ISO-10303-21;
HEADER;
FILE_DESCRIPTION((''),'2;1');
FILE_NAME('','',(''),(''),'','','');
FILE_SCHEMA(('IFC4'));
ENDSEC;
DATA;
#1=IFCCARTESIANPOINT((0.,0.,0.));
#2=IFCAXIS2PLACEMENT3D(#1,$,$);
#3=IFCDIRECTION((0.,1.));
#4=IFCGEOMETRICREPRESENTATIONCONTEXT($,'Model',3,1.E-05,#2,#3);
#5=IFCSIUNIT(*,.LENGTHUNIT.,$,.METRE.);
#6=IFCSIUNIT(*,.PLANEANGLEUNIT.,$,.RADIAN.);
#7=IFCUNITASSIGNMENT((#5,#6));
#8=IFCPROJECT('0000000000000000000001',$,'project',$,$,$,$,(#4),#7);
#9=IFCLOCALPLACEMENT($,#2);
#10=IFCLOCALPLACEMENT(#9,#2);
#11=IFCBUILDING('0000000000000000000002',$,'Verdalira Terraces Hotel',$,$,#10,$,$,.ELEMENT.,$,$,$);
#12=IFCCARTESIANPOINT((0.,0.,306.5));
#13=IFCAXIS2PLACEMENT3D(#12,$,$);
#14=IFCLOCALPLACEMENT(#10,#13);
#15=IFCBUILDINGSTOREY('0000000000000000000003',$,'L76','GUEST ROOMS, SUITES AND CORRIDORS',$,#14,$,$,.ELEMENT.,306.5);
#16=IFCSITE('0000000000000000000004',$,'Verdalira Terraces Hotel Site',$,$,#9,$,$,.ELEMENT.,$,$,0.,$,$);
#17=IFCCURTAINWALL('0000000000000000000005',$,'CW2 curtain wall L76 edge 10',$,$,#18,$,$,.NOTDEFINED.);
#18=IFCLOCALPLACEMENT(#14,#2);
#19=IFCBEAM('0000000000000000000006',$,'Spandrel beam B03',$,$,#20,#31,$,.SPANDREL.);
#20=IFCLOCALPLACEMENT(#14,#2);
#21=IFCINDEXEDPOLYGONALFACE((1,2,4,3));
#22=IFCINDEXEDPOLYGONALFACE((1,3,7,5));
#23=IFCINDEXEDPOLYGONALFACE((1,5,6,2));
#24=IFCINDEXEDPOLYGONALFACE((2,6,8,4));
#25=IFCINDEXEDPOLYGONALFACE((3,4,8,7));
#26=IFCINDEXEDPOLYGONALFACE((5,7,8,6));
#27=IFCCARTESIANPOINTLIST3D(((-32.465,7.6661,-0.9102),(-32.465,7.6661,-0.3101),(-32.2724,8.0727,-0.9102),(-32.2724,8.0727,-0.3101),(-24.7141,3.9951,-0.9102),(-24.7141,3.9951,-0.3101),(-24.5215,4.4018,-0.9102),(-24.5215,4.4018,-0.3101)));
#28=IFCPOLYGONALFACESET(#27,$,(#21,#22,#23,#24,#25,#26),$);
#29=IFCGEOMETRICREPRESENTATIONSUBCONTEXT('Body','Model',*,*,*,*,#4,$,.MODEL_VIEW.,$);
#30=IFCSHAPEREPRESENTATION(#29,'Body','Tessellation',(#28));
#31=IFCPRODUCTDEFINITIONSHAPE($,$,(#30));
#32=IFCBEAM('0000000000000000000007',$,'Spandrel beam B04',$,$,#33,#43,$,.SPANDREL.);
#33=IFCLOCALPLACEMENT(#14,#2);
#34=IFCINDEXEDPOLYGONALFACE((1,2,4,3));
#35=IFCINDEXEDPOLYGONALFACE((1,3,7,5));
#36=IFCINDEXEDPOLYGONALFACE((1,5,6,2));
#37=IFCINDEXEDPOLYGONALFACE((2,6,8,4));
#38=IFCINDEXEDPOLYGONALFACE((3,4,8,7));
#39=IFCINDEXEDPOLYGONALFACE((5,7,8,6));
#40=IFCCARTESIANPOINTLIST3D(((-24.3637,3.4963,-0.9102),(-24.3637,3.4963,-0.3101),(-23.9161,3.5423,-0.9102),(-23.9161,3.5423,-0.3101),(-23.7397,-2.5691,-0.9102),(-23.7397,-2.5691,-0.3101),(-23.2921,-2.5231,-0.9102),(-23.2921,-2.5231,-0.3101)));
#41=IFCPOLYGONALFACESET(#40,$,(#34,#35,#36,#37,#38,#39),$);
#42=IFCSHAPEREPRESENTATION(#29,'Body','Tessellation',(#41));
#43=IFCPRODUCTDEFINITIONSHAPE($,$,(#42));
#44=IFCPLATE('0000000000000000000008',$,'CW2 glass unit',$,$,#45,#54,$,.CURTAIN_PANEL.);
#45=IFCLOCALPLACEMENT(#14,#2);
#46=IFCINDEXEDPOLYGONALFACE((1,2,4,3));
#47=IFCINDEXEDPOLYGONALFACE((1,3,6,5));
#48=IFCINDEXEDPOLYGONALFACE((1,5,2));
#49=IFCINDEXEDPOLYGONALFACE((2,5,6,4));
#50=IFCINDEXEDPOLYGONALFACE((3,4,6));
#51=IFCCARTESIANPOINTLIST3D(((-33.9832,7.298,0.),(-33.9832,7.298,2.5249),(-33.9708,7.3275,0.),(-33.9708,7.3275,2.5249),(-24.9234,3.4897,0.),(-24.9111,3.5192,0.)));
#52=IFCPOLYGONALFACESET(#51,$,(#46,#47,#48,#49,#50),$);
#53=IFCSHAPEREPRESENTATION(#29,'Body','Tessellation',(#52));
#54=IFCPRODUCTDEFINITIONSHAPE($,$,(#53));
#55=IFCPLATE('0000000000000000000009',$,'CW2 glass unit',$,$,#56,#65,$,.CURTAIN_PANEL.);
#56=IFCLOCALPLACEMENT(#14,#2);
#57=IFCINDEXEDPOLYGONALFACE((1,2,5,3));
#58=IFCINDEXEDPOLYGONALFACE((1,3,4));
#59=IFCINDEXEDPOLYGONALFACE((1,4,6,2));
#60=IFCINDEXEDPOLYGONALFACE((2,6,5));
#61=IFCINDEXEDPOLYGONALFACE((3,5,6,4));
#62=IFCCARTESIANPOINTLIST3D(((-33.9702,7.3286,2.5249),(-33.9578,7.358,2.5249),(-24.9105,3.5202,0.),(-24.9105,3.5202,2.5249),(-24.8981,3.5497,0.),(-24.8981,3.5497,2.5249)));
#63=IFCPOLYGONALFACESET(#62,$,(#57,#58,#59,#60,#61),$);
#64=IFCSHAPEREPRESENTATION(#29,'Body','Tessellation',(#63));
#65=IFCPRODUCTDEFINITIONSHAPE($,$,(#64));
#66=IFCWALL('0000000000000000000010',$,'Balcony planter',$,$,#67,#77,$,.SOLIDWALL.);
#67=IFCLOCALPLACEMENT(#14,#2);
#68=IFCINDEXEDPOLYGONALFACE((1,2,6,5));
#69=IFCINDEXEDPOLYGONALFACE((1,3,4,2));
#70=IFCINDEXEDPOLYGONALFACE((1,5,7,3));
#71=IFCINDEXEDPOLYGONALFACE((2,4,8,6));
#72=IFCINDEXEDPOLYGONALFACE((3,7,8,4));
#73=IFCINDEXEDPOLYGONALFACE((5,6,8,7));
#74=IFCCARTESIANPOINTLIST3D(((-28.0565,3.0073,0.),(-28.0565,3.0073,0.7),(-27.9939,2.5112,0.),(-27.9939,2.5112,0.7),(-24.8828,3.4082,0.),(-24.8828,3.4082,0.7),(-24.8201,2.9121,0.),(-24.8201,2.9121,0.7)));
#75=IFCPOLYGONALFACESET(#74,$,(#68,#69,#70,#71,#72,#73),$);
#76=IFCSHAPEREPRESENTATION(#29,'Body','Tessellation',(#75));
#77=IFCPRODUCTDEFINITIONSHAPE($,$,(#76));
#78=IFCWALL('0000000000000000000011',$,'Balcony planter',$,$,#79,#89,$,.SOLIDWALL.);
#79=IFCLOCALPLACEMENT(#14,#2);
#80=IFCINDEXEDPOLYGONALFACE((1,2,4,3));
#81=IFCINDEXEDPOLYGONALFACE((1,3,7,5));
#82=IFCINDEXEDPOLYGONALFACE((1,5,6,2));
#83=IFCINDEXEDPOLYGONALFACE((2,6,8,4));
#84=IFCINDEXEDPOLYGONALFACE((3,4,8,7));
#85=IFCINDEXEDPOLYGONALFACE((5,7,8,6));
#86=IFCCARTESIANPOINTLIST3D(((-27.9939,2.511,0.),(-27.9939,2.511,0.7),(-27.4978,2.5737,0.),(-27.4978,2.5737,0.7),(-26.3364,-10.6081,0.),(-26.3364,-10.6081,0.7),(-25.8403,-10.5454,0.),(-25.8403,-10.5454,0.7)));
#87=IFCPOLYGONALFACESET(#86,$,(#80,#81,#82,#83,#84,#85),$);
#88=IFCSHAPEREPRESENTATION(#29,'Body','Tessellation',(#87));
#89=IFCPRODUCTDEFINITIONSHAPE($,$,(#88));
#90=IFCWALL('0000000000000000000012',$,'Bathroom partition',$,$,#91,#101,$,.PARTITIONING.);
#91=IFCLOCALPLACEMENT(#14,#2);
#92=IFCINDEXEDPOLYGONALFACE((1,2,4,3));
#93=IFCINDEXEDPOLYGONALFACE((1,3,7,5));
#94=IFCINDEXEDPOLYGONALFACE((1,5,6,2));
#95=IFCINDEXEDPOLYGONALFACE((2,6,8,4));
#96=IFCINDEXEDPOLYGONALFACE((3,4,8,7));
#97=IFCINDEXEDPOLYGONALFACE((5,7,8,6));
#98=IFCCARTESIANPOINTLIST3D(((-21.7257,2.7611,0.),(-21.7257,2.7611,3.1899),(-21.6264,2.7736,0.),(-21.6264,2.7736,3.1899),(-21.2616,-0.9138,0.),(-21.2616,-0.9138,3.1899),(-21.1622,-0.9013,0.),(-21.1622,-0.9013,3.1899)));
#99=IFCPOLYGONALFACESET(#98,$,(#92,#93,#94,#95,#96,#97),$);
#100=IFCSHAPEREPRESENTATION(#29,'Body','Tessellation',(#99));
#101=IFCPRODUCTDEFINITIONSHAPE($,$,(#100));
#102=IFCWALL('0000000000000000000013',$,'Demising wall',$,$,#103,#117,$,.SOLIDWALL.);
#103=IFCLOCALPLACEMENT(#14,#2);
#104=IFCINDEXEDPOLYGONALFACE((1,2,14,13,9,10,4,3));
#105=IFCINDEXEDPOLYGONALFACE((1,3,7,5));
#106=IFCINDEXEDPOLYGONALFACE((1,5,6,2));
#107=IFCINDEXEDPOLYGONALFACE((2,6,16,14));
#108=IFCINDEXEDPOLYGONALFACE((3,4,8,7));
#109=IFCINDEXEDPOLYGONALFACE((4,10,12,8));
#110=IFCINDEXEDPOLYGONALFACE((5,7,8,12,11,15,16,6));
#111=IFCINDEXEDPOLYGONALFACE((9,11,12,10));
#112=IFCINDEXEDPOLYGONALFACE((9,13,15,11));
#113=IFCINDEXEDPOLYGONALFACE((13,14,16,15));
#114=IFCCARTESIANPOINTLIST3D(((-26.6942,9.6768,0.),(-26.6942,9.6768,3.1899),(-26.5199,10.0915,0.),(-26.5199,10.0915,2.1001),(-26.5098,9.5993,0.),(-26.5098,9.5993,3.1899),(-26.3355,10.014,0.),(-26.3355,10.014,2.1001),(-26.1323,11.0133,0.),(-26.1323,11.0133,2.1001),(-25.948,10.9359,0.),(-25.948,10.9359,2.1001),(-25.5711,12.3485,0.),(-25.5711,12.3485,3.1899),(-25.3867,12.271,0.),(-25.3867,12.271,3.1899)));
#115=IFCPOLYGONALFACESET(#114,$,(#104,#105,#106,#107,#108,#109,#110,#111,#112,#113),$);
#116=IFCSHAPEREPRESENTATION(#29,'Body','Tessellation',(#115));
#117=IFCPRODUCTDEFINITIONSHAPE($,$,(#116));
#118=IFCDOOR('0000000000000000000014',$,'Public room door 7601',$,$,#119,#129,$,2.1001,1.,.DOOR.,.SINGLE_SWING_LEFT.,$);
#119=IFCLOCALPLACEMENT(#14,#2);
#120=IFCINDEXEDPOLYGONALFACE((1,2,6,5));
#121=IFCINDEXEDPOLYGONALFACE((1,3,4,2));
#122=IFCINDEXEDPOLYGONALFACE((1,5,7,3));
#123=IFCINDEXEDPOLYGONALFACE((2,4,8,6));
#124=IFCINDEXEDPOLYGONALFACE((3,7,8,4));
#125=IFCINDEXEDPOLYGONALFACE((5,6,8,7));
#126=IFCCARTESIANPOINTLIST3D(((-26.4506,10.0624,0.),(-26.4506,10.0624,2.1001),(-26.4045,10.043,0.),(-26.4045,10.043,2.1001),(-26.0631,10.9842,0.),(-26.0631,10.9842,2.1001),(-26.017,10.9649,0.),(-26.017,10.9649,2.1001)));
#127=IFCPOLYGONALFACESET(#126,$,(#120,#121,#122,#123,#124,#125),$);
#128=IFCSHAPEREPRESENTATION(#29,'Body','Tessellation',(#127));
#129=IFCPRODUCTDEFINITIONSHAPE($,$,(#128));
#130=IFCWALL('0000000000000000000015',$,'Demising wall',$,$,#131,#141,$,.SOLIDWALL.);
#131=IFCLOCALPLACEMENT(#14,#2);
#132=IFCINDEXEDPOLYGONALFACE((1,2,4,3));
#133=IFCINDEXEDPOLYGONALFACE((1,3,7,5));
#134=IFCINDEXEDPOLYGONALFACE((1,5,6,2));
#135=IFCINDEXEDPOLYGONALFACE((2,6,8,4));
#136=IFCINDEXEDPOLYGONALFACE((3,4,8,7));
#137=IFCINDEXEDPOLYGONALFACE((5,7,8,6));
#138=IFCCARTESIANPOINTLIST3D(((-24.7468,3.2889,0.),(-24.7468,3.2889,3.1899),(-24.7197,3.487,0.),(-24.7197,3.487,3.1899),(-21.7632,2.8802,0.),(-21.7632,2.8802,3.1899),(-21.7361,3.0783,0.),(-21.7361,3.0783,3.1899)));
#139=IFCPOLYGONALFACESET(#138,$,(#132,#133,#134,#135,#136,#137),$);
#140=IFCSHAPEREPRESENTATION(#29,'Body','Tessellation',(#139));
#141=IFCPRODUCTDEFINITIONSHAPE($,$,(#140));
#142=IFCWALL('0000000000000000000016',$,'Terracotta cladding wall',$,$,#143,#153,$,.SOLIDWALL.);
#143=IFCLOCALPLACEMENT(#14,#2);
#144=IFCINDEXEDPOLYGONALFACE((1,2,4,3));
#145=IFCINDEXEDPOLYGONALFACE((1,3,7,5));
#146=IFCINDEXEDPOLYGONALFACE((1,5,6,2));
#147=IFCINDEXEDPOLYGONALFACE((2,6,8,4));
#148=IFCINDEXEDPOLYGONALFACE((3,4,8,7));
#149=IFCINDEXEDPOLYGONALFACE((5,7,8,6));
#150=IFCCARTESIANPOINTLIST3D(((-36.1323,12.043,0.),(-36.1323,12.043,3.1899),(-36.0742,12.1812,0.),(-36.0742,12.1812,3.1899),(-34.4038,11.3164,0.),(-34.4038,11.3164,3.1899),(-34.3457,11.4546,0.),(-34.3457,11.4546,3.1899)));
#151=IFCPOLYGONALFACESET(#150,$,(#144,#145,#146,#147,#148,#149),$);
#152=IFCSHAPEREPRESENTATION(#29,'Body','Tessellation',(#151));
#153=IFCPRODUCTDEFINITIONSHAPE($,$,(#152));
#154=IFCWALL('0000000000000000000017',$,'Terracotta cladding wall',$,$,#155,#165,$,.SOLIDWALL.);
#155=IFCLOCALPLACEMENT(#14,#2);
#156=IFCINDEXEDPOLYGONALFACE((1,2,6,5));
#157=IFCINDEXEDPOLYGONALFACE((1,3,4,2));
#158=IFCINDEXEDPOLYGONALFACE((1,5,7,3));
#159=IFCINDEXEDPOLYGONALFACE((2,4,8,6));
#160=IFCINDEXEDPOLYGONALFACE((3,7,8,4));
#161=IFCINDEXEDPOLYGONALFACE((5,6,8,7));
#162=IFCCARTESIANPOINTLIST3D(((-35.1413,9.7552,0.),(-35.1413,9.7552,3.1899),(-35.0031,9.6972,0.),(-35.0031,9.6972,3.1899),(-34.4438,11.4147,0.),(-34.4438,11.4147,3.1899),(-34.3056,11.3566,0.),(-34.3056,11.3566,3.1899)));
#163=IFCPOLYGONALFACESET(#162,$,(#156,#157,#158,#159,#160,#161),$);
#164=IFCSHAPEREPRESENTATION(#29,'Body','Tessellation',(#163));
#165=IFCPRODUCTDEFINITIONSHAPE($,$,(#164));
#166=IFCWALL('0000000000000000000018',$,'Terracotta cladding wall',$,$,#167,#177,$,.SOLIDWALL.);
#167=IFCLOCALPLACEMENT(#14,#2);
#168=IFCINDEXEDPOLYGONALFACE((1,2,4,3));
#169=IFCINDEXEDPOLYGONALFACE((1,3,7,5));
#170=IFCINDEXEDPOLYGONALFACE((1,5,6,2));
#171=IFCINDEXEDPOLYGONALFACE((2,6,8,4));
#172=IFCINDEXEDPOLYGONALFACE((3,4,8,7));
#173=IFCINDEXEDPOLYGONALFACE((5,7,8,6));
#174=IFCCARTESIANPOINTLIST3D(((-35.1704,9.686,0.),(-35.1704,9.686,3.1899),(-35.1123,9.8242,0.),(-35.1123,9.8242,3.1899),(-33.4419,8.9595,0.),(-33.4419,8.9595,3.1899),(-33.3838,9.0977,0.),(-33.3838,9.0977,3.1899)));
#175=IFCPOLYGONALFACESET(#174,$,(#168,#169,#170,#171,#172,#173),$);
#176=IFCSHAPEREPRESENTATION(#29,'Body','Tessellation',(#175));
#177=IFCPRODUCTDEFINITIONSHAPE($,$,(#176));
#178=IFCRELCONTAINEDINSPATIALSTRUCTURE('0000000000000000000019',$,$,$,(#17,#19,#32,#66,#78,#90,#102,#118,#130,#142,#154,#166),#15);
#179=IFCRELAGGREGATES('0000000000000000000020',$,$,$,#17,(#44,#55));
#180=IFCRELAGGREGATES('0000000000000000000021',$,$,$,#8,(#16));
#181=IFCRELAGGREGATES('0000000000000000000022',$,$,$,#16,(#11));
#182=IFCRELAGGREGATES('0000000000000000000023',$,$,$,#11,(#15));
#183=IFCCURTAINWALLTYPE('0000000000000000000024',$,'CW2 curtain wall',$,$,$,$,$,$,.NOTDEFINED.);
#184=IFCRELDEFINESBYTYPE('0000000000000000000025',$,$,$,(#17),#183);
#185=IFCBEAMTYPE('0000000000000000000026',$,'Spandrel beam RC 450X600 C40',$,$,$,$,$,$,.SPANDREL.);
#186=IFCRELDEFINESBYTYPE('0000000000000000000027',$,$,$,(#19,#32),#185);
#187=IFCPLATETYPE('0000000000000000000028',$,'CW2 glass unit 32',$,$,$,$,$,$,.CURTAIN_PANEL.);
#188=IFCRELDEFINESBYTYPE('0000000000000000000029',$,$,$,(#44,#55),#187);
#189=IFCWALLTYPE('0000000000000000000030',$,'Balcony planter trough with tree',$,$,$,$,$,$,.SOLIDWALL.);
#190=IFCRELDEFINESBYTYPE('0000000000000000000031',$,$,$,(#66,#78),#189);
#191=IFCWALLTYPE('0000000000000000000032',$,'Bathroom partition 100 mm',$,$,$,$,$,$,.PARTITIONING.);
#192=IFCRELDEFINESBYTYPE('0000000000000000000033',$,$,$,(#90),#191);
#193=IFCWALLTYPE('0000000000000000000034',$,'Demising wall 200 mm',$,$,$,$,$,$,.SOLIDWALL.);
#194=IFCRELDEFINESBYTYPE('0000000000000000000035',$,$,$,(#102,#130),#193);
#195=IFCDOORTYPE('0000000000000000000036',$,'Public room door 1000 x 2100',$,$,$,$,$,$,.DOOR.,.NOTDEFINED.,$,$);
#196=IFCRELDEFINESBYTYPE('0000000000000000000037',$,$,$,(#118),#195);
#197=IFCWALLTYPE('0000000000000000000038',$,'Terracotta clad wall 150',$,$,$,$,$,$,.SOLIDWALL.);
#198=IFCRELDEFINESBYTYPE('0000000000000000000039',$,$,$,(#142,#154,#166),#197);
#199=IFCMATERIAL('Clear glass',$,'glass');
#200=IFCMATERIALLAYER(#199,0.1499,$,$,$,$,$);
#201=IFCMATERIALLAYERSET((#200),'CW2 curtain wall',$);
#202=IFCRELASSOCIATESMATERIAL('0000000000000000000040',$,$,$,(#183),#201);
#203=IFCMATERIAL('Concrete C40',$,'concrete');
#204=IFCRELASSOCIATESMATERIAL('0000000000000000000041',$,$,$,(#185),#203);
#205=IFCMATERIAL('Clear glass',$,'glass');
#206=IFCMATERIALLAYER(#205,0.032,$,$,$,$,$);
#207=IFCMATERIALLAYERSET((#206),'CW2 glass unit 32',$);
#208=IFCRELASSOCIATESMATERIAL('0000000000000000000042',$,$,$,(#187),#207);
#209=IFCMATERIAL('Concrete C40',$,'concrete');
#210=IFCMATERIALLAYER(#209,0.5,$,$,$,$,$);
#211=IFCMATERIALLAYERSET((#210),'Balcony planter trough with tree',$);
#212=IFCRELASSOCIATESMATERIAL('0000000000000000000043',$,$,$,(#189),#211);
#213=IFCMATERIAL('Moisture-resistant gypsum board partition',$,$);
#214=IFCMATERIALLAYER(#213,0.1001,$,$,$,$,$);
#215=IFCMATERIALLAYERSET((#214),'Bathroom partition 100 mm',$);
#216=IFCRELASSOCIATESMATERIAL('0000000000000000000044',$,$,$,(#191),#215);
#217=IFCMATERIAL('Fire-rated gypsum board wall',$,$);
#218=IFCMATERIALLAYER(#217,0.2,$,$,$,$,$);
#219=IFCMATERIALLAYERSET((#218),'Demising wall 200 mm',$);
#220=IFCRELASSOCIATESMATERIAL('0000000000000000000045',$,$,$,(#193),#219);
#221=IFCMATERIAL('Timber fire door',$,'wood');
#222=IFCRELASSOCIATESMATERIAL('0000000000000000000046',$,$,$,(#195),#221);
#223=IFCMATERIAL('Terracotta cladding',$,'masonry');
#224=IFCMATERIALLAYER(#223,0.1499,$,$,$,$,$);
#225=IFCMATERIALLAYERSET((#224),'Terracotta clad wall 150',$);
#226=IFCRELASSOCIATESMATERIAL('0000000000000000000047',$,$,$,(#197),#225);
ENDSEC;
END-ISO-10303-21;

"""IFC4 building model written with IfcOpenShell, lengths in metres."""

from ifc_helpers import new_model, si_unit, direction, frame, frame_2d, origin, origin_2d, place, context, subcontext, project, spatial, polyline, rectangle, outline, extrude, material, layer, layer_set, material_profile, profile_set, type_object, element, fill, aggregate, save


model = new_model("IFC4")

# Units and contexts
model_context = context("Model", 3, precision=1e-05, world=origin(), true_north=direction((0.0, 1.0)))
body_context = subcontext(model_context, "Body", "Model", "MODEL_VIEW")
ifc_project = project(units=[si_unit("LENGTHUNIT", "METRE"), si_unit("PLANEANGLEUNIT", "RADIAN")], contexts=[model_context])

# Site, building, storey
site_placement = place(None, origin())
site = spatial("IfcSite", under=ifc_project, at=site_placement, Name="Verdalira Terraces Hotel Site", CompositionType="ELEMENT", RefElevation=0.0)
building_placement = place(site_placement, origin())
building = spatial("IfcBuilding", under=site, at=building_placement, Name="Verdalira Terraces Hotel", CompositionType="ELEMENT")
storey_placement = place(building_placement, frame((0.0, 0.0, 306.5)))
storey = spatial("IfcBuildingStorey", under=building, at=storey_placement, Name="L76", Description="GUEST ROOMS, SUITES AND CORRIDORS", CompositionType="ELEMENT", Elevation=306.5)

# Curtain wall
ifc_material_1 = material(Name="Clear glass", Category="glass")
ifc_layer_1 = layer(ifc_material_1, 0.1499)
ifc_layer_set_1 = layer_set([ifc_layer_1], Name="CW2 curtain wall")
curtain_wall_type_1 = type_object("IfcCurtainWallType", Name="CW2 curtain wall", PredefinedType="NOTDEFINED", material=ifc_layer_set_1)
curtain_wall_1_placement = place(storey_placement, origin())
curtain_wall_1 = element("IfcCurtainWall", 1, at=curtain_wall_1_placement, inside=storey, type_object=curtain_wall_type_1, Name="CW2 curtain wall L76 edge 10", PredefinedType="NOTDEFINED")

# Beams
ifc_material_2 = material(Name="Concrete C40", Category="concrete")
ifc_material_profile_1 = material_profile(ifc_material_2, rectangle(XDim=0.45, YDim=0.6001, at=origin_2d()), Name="RC 450X600")
ifc_profile_set_1 = profile_set([ifc_material_profile_1], Name="Concrete C40")
beam_type_1 = type_object("IfcBeamType", Name="Spandrel beam RC 450X600 C40", PredefinedType="SPANDREL", material=ifc_profile_set_1)
beam_1_placement = place(storey_placement, frame((-32.3687, 7.8694, -0.6101), z_axis=(0.90376, -0.428039, 0.0), x_axis=(0.428039, 0.90376, 0.0)))
element("IfcBeam", 2, at=beam_1_placement, inside=storey, type_object=beam_type_1, Name="Spandrel beam B03", PredefinedType="SPANDREL", context=body_context, shape_type="SweptSolid", body=[
    extrude(rectangle(XDim=0.45, YDim=0.6001, at=origin_2d()), origin(), (0.0, 0.0, 1.0), 8.5762),
])
beam_2_placement = place(storey_placement, frame((-24.1399, 3.5193, -0.6101), z_axis=(0.102342, -0.994749, 0.0), x_axis=(0.994749, 0.102342, 0.0)))
element("IfcBeam", 3, at=beam_2_placement, inside=storey, type_object=beam_type_1, Name="Spandrel beam B04", PredefinedType="SPANDREL", context=body_context, shape_type="SweptSolid", body=[
    extrude(rectangle(XDim=0.45, YDim=0.6001, at=origin_2d()), origin(), (0.0, 0.0, 1.0), 6.0974),
])

# Plates
ifc_material_3 = material(Name="Clear glass", Category="glass")
ifc_layer_2 = layer(ifc_material_3, 0.032)
ifc_layer_set_2 = layer_set([ifc_layer_2], Name="CW2 glass unit 32")
plate_type = type_object("IfcPlateType", Name="CW2 glass unit 32", PredefinedType="CURTAIN_PANEL", material=ifc_layer_set_2)
plate_1_placement = place(storey_placement, frame((-29.4409, 5.4233, 1.2625), z_axis=(-0.387516, -0.921863, 0.0), x_axis=(0.921863, -0.387516, 0.0)))
plate_1 = element("IfcPlate", 4, at=plate_1_placement, type_object=plate_type, Name="CW2 glass unit", PredefinedType="CURTAIN_PANEL", context=body_context, shape_type="SweptSolid", body=[
    extrude(outline(polyline([(-4.9138, -1.2625), (4.9138, -1.2625), (-4.9138, 1.2625), (-4.9138, -1.2625)])), origin(), (0.0, 0.0, 1.0), 0.032),
])
plate_2_placement = place(storey_placement, frame((-29.428, 5.4539, 1.2625), z_axis=(-0.387516, -0.921863, 0.0), x_axis=(0.921863, -0.387516, 0.0)))
plate_2 = element("IfcPlate", 5, at=plate_2_placement, type_object=plate_type, Name="CW2 glass unit", PredefinedType="CURTAIN_PANEL", context=body_context, shape_type="SweptSolid", body=[
    extrude(outline(polyline([(4.9138, -1.2625), (4.9138, 1.2625), (-4.9138, 1.2625), (4.9138, -1.2625)])), origin(), (0.0, 0.0, 1.0), 0.032),
])
aggregate(curtain_wall_1, [plate_1, plate_2])

# Walls
ifc_material_4 = material(Name="Concrete C40", Category="concrete")
ifc_layer_3 = layer(ifc_material_4, 0.5)
ifc_layer_set_3 = layer_set([ifc_layer_3], Name="Balcony planter trough with tree")
wall_type_1 = type_object("IfcWallType", Name="Balcony planter trough with tree", PredefinedType="SOLIDWALL", material=ifc_layer_set_3)
wall_1_placement = place(storey_placement, frame((-24.8513, 3.1602, 0.0), z_axis=(0.0, 0.0, 1.0), x_axis=(-0.992117, -0.125312, 0.0)))
element("IfcWall", 6, at=wall_1_placement, inside=storey, type_object=wall_type_1, Name="Balcony planter", PredefinedType="SOLIDWALL", context=body_context, shape_type="SweptSolid", body=[
    extrude(rectangle(XDim=3.199, YDim=0.5, at=frame_2d((1.5996, 0.0))), origin(), (0.0, 0.0, 1.0), 0.7),
])
wall_2_placement = place(storey_placement, frame((-27.7459, 2.5425, 0.0), z_axis=(0.0, 0.0, 1.0), x_axis=(0.125343, -0.992113, 0.0)))
element("IfcWall", 7, at=wall_2_placement, inside=storey, type_object=wall_type_1, Name="Balcony planter", PredefinedType="SOLIDWALL", context=body_context, shape_type="SweptSolid", body=[
    extrude(rectangle(XDim=13.2234, YDim=0.5, at=frame_2d((6.6118, 0.0))), origin(), (0.0, 0.0, 1.0), 0.7),
])
ifc_material_5 = material(Name="Moisture-resistant gypsum board partition")
ifc_layer_4 = layer(ifc_material_5, 0.1001)
ifc_layer_set_4 = layer_set([ifc_layer_4], Name="Bathroom partition 100 mm")
wall_type_2 = type_object("IfcWallType", Name="Bathroom partition 100 mm", PredefinedType="PARTITIONING", material=ifc_layer_set_4)
wall_3_placement = place(storey_placement, frame((-21.676, 2.7673, 0.0), z_axis=(0.0, 0.0, 1.0), x_axis=(0.1253, -0.992119, 0.0)))
element("IfcWall", 8, at=wall_3_placement, inside=storey, type_object=wall_type_2, Name="Bathroom partition", PredefinedType="PARTITIONING", context=body_context, shape_type="SweptSolid", body=[
    extrude(rectangle(XDim=3.7041, YDim=0.1001, at=frame_2d((1.8521, 0.0))), origin(), (0.0, 0.0, 1.0), 3.1899),
])

# Wall, opening, door
ifc_material_6 = material(Name="Fire-rated gypsum board wall")
ifc_layer_5 = layer(ifc_material_6, 0.2)
ifc_layer_set_5 = layer_set([ifc_layer_5], Name="Demising wall 200 mm")
wall_type_3 = type_object("IfcWallType", Name="Demising wall 200 mm", PredefinedType="SOLIDWALL", material=ifc_layer_set_5)
wall_4_placement = place(storey_placement, frame((-26.6021, 9.6379, 0.0), z_axis=(0.0, 0.0, 1.0), x_axis=(0.387515, 0.921864, 0.0)))
wall_4 = element("IfcWall", 9, at=wall_4_placement, inside=storey, type_object=wall_type_3, Name="Demising wall", PredefinedType="SOLIDWALL", context=body_context, shape_type="SweptSolid", body=[
    extrude(rectangle(XDim=2.8982, YDim=0.2, at=frame_2d((1.4492, 0.0))), origin(), (0.0, 0.0, 1.0), 3.1899),
])
opening_placement = place(wall_4_placement, frame((0.45, 0.0, 0.0)))
opening = element("IfcOpeningElement", 10, at=opening_placement, cuts=wall_4, PredefinedType="OPENING", context=body_context, shape_type="SweptSolid", body=[
    extrude(rectangle(XDim=1.0, YDim=2.1001, at=frame_2d((0.5, 1.05))), frame((0.0, 0.1099, 0.0), z_axis=(0.0, -1.0, 0.0), x_axis=(1.0, 0.0, 0.0)), (0.0, 0.0, 1.0), 0.22),
])
ifc_material_7 = material(Name="Timber fire door", Category="wood")
door_type = type_object("IfcDoorType", Name="Public room door 1000 x 2100", OperationType="NOTDEFINED", PredefinedType="DOOR", material=ifc_material_7)
door_placement = place(opening_placement, origin())
door = element("IfcDoor", 11, at=door_placement, inside=storey, type_object=door_type, Name="Public room door 7601", OperationType="SINGLE_SWING_LEFT", OverallHeight=2.1001, OverallWidth=1.0, PredefinedType="DOOR", context=body_context, shape_type="SweptSolid", body=[
    extrude(rectangle(XDim=1.0, YDim=2.1001, at=frame_2d((0.5, 1.05))), frame((0.0, 0.0249, 0.0), z_axis=(0.0, -1.0, 0.0), x_axis=(1.0, 0.0, 0.0)), (0.0, 0.0, 1.0), 0.05),
])
fill(opening, door)

# Walls
wall_5_placement = place(storey_placement, frame((-21.7495, 2.9792, 0.0), z_axis=(0.0, 0.0, 1.0), x_axis=(-0.990749, 0.13571, 0.0)))
element("IfcWall", 12, at=wall_5_placement, inside=storey, type_object=wall_type_3, Name="Demising wall", PredefinedType="SOLIDWALL", context=body_context, shape_type="SweptSolid", body=[
    extrude(rectangle(XDim=3.0115, YDim=0.2, at=frame_2d((1.5059, 0.0))), origin(), (0.0, 0.0, 1.0), 3.1899),
])
ifc_material_8 = material(Name="Terracotta cladding", Category="masonry")
ifc_layer_6 = layer(ifc_material_8, 0.1499)
ifc_layer_set_6 = layer_set([ifc_layer_6], Name="Terracotta clad wall 150")
wall_type_4 = type_object("IfcWallType", Name="Terracotta clad wall 150", PredefinedType="SOLIDWALL", material=ifc_layer_set_6)
wall_6_placement = place(storey_placement, frame((-36.1033, 12.1121, 0.0), z_axis=(0.0, 0.0, 1.0), x_axis=(0.92187, -0.387498, 0.0)))
element("IfcWall", 13, at=wall_6_placement, inside=storey, type_object=wall_type_4, Name="Terracotta cladding wall", PredefinedType="SOLIDWALL", context=body_context, shape_type="SweptSolid", body=[
    extrude(rectangle(XDim=1.875, YDim=0.1499, at=frame_2d((0.9375, 0.0))), origin(), (0.0, 0.0, 1.0), 3.1899),
])
wall_7_placement = place(storey_placement, frame((-34.3748, 11.3855, 0.0), z_axis=(0.0, 0.0, 1.0), x_axis=(-0.387493, -0.921873, 0.0)))
element("IfcWall", 14, at=wall_7_placement, inside=storey, type_object=wall_type_4, Name="Terracotta cladding wall", PredefinedType="SOLIDWALL", context=body_context, shape_type="SweptSolid", body=[
    extrude(rectangle(XDim=1.8, YDim=0.1499, at=frame_2d((0.8999, 0.0))), origin(), (0.0, 0.0, 1.0), 3.1899),
])
for number, where, z_axis, x_axis, name in (
    (15, (-35.1414, 9.7551, 0.0), (0.0, 0.0, 1.0), (0.92187, -0.387498, 0.0), "Terracotta cladding wall"),
):
    element("IfcWall", number, at=place(storey_placement, frame(where, z_axis=z_axis, x_axis=x_axis)), inside=storey, type_object=wall_type_4, Name=name, PredefinedType="SOLIDWALL", context=body_context, shape_type="SweptSolid", body=[
        extrude(rectangle(XDim=1.875, YDim=0.1499, at=frame_2d((0.9375, 0.0))), origin(), (0.0, 0.0, 1.0), 3.1899),
    ])

save(model, "model.ifc")
